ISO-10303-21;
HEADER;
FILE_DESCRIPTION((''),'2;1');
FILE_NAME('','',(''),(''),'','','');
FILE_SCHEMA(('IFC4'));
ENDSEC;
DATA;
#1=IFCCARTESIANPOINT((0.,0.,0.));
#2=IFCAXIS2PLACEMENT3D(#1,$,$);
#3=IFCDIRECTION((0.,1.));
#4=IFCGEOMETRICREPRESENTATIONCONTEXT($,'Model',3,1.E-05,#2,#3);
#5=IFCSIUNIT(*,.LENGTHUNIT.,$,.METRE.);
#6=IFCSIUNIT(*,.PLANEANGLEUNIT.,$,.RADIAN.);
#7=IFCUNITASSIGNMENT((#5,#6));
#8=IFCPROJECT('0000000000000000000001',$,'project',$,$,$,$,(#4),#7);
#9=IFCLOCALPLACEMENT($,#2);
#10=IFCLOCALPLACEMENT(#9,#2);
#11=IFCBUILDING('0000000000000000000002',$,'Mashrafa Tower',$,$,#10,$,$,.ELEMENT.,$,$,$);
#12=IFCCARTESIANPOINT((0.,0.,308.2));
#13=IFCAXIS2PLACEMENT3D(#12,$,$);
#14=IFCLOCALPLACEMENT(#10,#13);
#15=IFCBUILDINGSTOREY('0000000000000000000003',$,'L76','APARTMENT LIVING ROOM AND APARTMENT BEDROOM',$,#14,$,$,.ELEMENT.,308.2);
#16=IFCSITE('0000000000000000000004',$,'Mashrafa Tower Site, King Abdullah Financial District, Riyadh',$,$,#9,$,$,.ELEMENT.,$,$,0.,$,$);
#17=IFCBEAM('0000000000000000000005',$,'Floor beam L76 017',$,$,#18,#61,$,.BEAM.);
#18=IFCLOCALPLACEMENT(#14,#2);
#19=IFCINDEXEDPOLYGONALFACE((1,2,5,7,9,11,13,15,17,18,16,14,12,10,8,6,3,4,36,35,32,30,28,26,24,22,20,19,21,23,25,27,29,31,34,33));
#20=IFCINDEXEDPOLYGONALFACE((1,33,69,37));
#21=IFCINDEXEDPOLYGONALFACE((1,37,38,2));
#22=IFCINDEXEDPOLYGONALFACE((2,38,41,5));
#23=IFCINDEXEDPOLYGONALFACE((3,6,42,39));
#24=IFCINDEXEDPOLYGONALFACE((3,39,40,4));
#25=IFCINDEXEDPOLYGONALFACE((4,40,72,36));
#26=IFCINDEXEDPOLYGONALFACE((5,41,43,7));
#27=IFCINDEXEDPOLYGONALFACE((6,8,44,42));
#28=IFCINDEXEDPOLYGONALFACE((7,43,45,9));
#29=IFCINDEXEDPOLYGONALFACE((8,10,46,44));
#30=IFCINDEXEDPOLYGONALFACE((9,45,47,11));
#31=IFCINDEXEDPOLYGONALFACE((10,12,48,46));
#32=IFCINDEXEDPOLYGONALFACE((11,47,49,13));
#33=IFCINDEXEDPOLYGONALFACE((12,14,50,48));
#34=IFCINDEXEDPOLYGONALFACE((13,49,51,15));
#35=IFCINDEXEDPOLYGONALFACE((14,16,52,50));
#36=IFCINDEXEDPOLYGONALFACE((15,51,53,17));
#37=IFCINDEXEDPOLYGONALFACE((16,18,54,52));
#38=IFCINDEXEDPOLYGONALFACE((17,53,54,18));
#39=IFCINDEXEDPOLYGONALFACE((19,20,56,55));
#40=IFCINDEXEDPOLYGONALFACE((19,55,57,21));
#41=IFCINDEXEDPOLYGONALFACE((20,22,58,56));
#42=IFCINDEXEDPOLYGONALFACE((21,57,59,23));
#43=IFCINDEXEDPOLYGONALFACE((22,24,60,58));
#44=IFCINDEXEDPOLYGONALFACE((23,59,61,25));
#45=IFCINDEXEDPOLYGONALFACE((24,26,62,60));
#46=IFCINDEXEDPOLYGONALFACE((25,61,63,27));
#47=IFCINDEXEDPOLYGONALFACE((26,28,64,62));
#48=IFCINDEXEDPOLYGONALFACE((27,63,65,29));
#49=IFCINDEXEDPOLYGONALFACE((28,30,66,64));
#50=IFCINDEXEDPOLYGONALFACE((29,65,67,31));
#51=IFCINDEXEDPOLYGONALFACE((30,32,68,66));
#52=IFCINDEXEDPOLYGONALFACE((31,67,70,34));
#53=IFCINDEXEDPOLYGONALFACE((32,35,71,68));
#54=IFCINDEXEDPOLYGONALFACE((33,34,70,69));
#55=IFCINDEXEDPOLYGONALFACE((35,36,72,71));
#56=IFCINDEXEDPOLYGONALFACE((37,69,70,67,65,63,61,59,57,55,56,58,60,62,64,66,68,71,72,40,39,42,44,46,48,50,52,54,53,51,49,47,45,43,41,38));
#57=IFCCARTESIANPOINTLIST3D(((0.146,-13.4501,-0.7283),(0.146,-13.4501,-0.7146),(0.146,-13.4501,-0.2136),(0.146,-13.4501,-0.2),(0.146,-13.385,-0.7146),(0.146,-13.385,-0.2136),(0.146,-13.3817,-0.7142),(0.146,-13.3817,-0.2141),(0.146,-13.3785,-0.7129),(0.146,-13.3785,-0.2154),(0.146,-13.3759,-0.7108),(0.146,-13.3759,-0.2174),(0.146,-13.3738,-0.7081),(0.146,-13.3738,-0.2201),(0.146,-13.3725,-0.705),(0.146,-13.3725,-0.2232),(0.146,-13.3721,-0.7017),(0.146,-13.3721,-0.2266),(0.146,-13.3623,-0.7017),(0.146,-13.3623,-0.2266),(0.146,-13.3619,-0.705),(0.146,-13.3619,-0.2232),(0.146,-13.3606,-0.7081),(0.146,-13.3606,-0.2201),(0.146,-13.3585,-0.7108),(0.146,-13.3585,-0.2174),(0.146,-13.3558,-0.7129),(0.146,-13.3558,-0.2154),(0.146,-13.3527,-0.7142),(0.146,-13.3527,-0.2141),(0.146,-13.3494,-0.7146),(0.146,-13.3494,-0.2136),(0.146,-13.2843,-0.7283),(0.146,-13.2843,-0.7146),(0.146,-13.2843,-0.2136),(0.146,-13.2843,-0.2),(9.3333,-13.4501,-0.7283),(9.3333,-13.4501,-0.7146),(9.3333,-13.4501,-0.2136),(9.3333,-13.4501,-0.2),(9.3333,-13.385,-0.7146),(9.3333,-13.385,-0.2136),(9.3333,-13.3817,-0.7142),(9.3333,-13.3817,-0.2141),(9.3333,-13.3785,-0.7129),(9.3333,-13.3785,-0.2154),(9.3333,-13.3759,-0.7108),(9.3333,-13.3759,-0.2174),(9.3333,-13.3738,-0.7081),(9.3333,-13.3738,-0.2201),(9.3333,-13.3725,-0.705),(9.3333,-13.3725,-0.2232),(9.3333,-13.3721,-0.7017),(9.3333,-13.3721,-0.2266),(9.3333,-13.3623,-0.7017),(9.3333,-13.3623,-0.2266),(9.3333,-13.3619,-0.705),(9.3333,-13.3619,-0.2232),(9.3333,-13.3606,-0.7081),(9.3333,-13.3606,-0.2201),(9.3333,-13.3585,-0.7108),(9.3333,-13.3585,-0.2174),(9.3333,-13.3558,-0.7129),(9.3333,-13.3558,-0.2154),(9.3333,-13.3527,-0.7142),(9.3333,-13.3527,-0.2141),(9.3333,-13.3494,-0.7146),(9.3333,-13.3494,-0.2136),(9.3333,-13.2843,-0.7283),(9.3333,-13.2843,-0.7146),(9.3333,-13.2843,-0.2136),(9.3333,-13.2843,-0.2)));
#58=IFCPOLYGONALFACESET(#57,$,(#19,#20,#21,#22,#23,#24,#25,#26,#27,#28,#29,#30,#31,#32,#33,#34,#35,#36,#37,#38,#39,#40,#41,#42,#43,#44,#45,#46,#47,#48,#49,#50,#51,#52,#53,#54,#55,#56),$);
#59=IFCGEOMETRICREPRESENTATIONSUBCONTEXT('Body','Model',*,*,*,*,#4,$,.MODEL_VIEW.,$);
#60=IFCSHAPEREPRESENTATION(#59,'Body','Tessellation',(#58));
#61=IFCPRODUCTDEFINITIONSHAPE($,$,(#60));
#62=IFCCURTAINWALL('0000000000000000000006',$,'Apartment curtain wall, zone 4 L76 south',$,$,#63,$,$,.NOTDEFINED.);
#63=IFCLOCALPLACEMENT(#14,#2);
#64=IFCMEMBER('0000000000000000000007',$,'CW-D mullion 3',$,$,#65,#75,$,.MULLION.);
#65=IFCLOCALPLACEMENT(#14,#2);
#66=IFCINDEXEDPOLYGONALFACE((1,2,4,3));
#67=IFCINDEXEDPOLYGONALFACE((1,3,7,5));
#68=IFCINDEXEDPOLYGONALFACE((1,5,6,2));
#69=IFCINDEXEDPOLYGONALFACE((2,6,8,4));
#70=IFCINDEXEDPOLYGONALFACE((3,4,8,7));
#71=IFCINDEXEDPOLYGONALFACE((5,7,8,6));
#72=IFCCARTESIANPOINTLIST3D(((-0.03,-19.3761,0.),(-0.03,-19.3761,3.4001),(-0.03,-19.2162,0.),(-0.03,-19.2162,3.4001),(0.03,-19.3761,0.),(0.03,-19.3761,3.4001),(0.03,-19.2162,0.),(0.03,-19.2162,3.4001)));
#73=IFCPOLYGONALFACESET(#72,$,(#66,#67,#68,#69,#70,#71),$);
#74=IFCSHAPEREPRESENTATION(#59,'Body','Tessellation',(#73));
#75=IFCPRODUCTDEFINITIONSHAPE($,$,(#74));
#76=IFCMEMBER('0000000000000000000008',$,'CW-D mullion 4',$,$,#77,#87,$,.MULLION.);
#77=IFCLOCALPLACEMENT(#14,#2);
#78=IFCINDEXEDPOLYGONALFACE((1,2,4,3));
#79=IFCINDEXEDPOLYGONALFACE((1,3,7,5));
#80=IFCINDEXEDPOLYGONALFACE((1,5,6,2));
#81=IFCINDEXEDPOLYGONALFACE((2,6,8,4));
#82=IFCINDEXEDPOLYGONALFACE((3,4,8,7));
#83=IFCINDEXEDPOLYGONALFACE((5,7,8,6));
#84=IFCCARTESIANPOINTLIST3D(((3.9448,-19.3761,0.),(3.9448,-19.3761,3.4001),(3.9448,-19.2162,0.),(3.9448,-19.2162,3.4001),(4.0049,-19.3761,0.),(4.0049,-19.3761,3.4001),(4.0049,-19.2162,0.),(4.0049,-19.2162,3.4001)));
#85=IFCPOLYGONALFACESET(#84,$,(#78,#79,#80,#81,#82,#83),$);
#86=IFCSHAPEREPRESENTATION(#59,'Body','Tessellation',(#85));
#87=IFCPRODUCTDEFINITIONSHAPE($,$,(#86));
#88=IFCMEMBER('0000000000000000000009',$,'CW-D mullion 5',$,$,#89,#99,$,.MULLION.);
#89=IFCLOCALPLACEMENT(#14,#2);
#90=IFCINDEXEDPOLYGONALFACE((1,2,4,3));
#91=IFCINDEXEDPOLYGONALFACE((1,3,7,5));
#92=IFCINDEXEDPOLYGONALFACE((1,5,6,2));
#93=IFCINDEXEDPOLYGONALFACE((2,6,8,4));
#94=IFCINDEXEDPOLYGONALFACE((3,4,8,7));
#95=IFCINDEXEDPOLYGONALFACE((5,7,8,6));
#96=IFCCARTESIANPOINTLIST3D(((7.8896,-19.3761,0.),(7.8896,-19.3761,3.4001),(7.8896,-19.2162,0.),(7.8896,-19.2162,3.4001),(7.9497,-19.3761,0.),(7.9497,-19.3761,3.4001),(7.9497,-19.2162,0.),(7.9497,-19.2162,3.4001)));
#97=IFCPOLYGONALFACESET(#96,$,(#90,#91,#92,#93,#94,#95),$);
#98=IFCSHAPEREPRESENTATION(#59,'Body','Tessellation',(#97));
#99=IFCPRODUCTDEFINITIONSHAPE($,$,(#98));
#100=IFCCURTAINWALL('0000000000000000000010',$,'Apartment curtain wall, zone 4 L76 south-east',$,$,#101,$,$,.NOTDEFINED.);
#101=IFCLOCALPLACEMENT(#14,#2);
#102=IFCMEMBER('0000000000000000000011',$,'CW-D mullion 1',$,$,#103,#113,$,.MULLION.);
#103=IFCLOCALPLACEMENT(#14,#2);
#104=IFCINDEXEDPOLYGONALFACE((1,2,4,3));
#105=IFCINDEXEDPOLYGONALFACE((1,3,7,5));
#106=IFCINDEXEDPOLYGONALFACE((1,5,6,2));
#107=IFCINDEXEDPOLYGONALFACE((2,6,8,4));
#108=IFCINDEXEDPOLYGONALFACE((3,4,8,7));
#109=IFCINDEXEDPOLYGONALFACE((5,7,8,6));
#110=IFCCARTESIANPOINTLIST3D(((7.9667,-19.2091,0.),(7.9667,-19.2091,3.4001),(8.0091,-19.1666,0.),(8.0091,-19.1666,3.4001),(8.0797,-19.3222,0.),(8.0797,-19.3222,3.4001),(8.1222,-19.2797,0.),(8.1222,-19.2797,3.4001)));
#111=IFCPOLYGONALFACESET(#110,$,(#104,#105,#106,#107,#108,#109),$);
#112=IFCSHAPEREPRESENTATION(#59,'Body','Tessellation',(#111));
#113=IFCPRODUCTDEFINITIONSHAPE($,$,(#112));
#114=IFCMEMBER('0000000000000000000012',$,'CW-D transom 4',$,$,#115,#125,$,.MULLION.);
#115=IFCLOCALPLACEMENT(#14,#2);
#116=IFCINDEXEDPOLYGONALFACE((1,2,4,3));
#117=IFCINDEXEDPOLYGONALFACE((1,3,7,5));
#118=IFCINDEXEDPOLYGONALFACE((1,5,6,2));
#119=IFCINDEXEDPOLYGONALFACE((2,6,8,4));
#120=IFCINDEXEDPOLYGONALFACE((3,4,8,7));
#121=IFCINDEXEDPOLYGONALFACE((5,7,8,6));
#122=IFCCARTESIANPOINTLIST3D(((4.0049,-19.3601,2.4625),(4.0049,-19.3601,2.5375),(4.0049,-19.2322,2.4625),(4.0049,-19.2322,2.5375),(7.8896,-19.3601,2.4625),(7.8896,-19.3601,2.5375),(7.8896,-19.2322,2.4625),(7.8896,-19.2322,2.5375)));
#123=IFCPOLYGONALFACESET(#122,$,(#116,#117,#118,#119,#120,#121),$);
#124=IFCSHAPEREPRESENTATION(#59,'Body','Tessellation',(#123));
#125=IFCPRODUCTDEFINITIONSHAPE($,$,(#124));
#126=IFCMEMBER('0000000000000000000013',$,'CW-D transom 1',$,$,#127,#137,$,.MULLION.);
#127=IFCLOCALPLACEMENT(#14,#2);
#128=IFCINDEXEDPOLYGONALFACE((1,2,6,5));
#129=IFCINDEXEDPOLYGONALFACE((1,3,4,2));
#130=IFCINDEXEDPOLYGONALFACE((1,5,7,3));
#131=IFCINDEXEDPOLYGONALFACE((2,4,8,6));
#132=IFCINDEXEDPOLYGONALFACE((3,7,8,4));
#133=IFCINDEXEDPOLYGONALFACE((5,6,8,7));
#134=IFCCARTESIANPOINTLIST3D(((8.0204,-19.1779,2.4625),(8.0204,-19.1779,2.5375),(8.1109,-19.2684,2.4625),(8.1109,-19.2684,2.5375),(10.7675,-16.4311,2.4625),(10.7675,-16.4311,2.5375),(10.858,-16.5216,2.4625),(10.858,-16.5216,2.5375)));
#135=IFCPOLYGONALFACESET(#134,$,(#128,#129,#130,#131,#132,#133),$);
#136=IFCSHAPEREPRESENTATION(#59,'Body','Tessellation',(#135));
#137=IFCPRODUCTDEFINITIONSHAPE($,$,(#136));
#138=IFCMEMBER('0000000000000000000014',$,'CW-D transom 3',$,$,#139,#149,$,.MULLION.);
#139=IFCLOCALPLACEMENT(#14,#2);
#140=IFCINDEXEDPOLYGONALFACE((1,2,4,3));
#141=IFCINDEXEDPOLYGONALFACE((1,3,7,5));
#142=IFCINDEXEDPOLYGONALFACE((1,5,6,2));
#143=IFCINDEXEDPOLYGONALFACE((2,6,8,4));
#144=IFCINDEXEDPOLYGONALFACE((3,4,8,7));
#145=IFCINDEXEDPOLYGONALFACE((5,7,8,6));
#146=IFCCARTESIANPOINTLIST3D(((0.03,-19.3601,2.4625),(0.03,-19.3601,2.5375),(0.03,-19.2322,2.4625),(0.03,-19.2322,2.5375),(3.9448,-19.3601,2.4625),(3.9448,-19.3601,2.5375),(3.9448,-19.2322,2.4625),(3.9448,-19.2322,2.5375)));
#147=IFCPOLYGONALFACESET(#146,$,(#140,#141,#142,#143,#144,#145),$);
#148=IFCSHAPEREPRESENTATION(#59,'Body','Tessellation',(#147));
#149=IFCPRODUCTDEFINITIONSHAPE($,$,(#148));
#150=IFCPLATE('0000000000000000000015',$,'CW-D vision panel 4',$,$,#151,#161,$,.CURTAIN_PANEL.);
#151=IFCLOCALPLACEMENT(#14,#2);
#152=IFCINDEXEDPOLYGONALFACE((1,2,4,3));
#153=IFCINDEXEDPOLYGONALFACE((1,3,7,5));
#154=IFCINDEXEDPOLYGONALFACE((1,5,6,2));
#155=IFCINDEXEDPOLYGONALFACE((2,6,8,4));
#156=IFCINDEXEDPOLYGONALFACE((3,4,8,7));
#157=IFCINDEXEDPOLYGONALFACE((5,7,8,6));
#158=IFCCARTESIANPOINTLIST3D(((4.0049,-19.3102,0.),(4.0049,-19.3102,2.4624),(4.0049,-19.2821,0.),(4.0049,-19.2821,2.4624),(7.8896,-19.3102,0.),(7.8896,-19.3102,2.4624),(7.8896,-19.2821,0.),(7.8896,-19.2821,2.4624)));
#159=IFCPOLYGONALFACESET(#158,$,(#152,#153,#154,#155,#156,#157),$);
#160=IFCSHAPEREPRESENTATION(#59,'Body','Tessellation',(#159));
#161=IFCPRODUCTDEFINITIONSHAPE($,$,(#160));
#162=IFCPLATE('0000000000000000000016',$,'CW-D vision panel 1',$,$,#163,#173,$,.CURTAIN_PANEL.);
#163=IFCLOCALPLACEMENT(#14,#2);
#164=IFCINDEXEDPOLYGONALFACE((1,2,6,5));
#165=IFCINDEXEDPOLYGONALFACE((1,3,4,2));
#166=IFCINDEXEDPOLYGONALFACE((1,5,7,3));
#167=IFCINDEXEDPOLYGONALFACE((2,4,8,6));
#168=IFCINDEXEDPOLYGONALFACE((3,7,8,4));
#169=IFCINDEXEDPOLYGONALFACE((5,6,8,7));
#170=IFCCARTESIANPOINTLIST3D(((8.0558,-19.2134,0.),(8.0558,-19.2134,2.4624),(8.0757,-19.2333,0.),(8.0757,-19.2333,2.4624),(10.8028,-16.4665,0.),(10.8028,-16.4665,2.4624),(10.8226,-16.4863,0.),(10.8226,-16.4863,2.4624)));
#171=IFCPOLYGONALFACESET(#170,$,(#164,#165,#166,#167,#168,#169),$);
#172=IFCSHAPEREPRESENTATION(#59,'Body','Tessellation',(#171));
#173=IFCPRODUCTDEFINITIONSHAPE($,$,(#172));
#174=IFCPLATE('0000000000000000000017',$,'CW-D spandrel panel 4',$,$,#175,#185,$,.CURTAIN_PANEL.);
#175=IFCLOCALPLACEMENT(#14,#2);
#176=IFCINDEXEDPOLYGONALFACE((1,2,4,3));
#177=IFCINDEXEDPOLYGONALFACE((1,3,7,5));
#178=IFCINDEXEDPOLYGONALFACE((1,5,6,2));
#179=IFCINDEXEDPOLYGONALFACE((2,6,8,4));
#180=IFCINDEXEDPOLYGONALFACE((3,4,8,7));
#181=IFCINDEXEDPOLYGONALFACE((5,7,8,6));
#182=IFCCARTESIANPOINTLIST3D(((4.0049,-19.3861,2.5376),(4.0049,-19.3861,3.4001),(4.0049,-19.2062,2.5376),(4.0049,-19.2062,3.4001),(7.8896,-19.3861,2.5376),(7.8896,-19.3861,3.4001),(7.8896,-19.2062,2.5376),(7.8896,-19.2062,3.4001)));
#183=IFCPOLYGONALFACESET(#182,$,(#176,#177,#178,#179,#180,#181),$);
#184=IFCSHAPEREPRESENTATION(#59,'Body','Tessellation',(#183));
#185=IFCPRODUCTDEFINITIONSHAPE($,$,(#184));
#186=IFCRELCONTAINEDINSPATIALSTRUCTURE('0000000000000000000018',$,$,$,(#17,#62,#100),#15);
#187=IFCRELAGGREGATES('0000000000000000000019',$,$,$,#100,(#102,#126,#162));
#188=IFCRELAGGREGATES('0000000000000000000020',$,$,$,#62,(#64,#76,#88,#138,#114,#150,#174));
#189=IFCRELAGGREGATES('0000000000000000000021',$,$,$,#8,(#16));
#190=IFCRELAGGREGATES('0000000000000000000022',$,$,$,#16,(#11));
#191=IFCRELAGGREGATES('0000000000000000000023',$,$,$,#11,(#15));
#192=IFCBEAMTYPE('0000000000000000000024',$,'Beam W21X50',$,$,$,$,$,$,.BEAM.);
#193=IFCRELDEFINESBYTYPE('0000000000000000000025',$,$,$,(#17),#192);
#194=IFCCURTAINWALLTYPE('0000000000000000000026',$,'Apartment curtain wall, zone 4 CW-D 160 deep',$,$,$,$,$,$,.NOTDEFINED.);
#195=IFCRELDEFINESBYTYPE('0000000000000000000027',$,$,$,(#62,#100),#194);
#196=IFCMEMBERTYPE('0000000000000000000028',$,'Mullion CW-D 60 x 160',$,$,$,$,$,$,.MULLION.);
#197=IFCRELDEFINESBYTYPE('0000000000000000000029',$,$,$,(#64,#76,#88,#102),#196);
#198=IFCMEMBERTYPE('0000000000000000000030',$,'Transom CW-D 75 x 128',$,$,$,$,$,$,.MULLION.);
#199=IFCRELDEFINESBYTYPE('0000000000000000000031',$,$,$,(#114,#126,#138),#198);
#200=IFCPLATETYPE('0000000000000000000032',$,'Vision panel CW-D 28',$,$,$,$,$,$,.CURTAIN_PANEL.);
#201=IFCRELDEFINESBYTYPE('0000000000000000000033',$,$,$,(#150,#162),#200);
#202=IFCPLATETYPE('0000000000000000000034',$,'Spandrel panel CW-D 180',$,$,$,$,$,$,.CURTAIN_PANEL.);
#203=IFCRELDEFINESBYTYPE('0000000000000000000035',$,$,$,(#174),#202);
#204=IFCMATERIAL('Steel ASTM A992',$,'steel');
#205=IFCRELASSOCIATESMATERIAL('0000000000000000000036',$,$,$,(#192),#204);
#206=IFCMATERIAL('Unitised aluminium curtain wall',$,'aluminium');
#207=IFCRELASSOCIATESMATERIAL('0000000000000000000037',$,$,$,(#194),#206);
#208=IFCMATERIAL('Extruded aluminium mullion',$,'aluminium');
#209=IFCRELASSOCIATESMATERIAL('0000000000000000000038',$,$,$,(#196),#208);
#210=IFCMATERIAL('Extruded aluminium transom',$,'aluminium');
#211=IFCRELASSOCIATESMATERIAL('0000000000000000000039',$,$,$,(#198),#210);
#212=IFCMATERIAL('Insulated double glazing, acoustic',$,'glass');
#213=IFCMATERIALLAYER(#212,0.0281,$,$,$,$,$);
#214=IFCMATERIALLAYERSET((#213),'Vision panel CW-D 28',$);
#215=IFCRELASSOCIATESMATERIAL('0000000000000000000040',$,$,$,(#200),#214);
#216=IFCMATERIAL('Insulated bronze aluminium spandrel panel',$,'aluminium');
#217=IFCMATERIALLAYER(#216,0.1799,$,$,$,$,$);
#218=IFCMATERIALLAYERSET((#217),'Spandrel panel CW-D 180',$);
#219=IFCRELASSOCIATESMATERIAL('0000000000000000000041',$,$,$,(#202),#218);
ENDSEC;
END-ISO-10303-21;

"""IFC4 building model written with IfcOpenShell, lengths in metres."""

from ifc_helpers import new_model, si_unit, direction, frame, origin, origin_2d, place, context, subcontext, project, spatial, rectangle, i_section, extrude, source, transform, mapped, material, layer, layer_set, material_profile, profile_set, type_object, type_shapes, element, aggregate, save


model = new_model("IFC4")

# Units and contexts
model_context = context("Model", 3, precision=1e-05, world=origin(), true_north=direction((0.0, 1.0)))
body_context = subcontext(model_context, "Body", "Model", "MODEL_VIEW")
ifc_project = project(units=[si_unit("LENGTHUNIT", "METRE"), si_unit("PLANEANGLEUNIT", "RADIAN")], contexts=[model_context])

# Site, building, storey
site_placement = place(None, origin())
site = spatial("IfcSite", under=ifc_project, at=site_placement, Name="Mashrafa Tower Site, King Abdullah Financial District, Riyadh", CompositionType="ELEMENT", RefElevation=0.0)
building_placement = place(site_placement, origin())
building = spatial("IfcBuilding", under=site, at=building_placement, Name="Mashrafa Tower", CompositionType="ELEMENT")
storey_placement = place(building_placement, frame((0.0, 0.0, 308.2)))
storey = spatial("IfcBuildingStorey", under=building, at=storey_placement, Name="L76", Description="APARTMENT LIVING ROOM AND APARTMENT BEDROOM", CompositionType="ELEMENT", Elevation=308.2)

# Beam
ifc_material_1 = material(Name="Steel ASTM A992", Category="steel")
ifc_material_profile_1 = material_profile(ifc_material_1, i_section(OverallWidth=0.1658, OverallDepth=0.5283, WebThickness=0.0098, FlangeThickness=0.0137, FilletRadius=0.0129, at=origin_2d()), Name="W21X50")
ifc_profile_set_1 = profile_set([ifc_material_profile_1], Name="Steel ASTM A992")
beam_type_1 = type_object("IfcBeamType", Name="Beam W21X50", PredefinedType="BEAM", material=ifc_profile_set_1)
beam_1_placement = place(storey_placement, frame((9.3333, -13.3672, -0.4641), z_axis=(-1.0, 0.0, 0.0), x_axis=(0.0, -1.0, 0.0)))
element("IfcBeam", 1, at=beam_1_placement, inside=storey, type_object=beam_type_1, Name="Floor beam L76 017", PredefinedType="BEAM", context=body_context, shape_type="SweptSolid", body=[
    extrude(i_section(OverallWidth=0.1658, OverallDepth=0.5283, WebThickness=0.0098, FlangeThickness=0.0137, FilletRadius=0.0129, at=origin_2d()), origin(), (0.0, 0.0, 1.0), 9.1873),
])

# Curtain wall, members
ifc_material_2 = material(Name="Unitised aluminium curtain wall", Category="aluminium")
curtain_wall_type = type_object("IfcCurtainWallType", Name="Apartment curtain wall, zone 4 CW-D 160 deep", PredefinedType="NOTDEFINED", material=ifc_material_2)
curtain_wall_1_placement = place(storey_placement, origin())
curtain_wall_1 = element("IfcCurtainWall", 2, at=curtain_wall_1_placement, inside=storey, type_object=curtain_wall_type, Name="Apartment curtain wall, zone 4 L76 south", PredefinedType="NOTDEFINED")
ifc_material_3 = material(Name="Extruded aluminium mullion", Category="aluminium")
ifc_material_profile_2 = material_profile(ifc_material_3, rectangle(XDim=0.1599, YDim=0.0601, at=origin_2d()), Name="Mullion 60x160")
ifc_profile_set_2 = profile_set([ifc_material_profile_2], Name="Extruded aluminium mullion")
member_type_1 = type_object("IfcMemberType", Name="Mullion CW-D 60 x 160", PredefinedType="MULLION", material=ifc_profile_set_2)
shared_shape_1 = source(origin(), body_context, "Body", "SweptSolid", [
    extrude(rectangle(XDim=0.1599, YDim=0.0601, at=origin_2d()), origin(), (0.0, 0.0, 1.0), 3.4001),
])
type_shapes(member_type_1, [shared_shape_1])
member_1_placement = place(storey_placement, frame((0.0, -19.2961, 0.0), z_axis=(0.0, 0.0, 1.0), x_axis=(0.0, 1.0, 0.0)))
member_1 = element("IfcMember", 3, at=member_1_placement, type_object=member_type_1, Name="CW-D mullion 3", PredefinedType="MULLION", context=body_context, shape_type="MappedRepresentation", body=[
    mapped(shared_shape_1, transform((0.0, 0.0, 0.0))),
])
member_2_placement = place(storey_placement, frame((3.9749, -19.2961, 0.0), z_axis=(0.0, 0.0, 1.0), x_axis=(0.0, 1.0, 0.0)))
member_2 = element("IfcMember", 4, at=member_2_placement, type_object=member_type_1, Name="CW-D mullion 4", PredefinedType="MULLION", context=body_context, shape_type="MappedRepresentation", body=[
    mapped(shared_shape_1, transform((0.0, 0.0, 0.0))),
])
member_3_placement = place(storey_placement, frame((7.9197, -19.2961, 0.0), z_axis=(0.0, 0.0, 1.0), x_axis=(0.0, 1.0, 0.0)))
member_3 = element("IfcMember", 5, at=member_3_placement, type_object=member_type_1, Name="CW-D mullion 5", PredefinedType="MULLION", context=body_context, shape_type="MappedRepresentation", body=[
    mapped(shared_shape_1, transform((0.0, 0.0, 0.0))),
])

# Curtain wall, member
curtain_wall_2_placement = place(storey_placement, origin())
curtain_wall_2 = element("IfcCurtainWall", 6, at=curtain_wall_2_placement, inside=storey, type_object=curtain_wall_type, Name="Apartment curtain wall, zone 4 L76 south-east", PredefinedType="NOTDEFINED")
member_4_placement = place(storey_placement, frame((8.0444, -19.2444, 0.0), z_axis=(0.0, 0.0, 1.0), x_axis=(-0.707107, 0.707107, 0.0)))
member_4 = element("IfcMember", 7, at=member_4_placement, type_object=member_type_1, Name="CW-D mullion 1", PredefinedType="MULLION", context=body_context, shape_type="MappedRepresentation", body=[
    mapped(shared_shape_1, transform((0.0, 0.0, 0.0))),
])

# Members
ifc_material_4 = material(Name="Extruded aluminium transom", Category="aluminium")
ifc_material_profile_3 = material_profile(ifc_material_4, rectangle(XDim=0.1279, YDim=0.075, at=origin_2d()), Name="Transom 75x128")
ifc_profile_set_3 = profile_set([ifc_material_profile_3], Name="Extruded aluminium transom")
member_type_2 = type_object("IfcMemberType", Name="Transom CW-D 75 x 128", PredefinedType="MULLION", material=ifc_profile_set_3)
shared_shape_2 = source(origin(), body_context, "Body", "SweptSolid", [
    extrude(rectangle(XDim=0.1279, YDim=0.075, at=origin_2d()), origin(), (0.0, 0.0, 1.0), 3.8848),
])
member_5_placement = place(storey_placement, frame((4.0049, -19.2961, 2.5), z_axis=(1.0, 0.0, 0.0), x_axis=(0.0, 1.0, 0.0)))
member_5 = element("IfcMember", 8, at=member_5_placement, type_object=member_type_2, Name="CW-D transom 4", PredefinedType="MULLION", context=body_context, shape_type="MappedRepresentation", body=[
    mapped(shared_shape_2, transform((0.0, 0.0, 0.0))),
])
member_6_placement = place(storey_placement, frame((8.0657, -19.2231, 2.5), z_axis=(0.707138, 0.707075, 0.0), x_axis=(-0.707075, 0.707138, 0.0)))
member_6 = element("IfcMember", 9, at=member_6_placement, type_object=member_type_2, Name="CW-D transom 1", PredefinedType="MULLION", context=body_context, shape_type="MappedRepresentation", body=[
    mapped(shared_shape_2, transform((0.0, 0.0, 0.0))),
])
shared_shape_3 = source(origin(), body_context, "Body", "SweptSolid", [
    extrude(rectangle(XDim=0.1279, YDim=0.075, at=origin_2d()), origin(), (0.0, 0.0, 1.0), 3.9148),
])
type_shapes(member_type_2, [shared_shape_2, shared_shape_3])
member_7_placement = place(storey_placement, frame((0.03, -19.2961, 2.5), z_axis=(1.0, 0.0, 0.0), x_axis=(0.0, 1.0, 0.0)))
member_7 = element("IfcMember", 10, at=member_7_placement, type_object=member_type_2, Name="CW-D transom 3", PredefinedType="MULLION", context=body_context, shape_type="MappedRepresentation", body=[
    mapped(shared_shape_3, transform((0.0, 0.0, 0.0))),
])

# Plates
ifc_material_5 = material(Name="Insulated double glazing, acoustic", Category="glass")
ifc_layer_1 = layer(ifc_material_5, 0.0281)
ifc_layer_set_1 = layer_set([ifc_layer_1], Name="Vision panel CW-D 28")
plate_type_1 = type_object("IfcPlateType", Name="Vision panel CW-D 28", PredefinedType="CURTAIN_PANEL", material=ifc_layer_set_1)
shared_shape_4 = source(origin(), body_context, "Body", "SweptSolid", [
    extrude(rectangle(XDim=3.8848, YDim=0.0281, at=origin_2d()), origin(), (0.0, 0.0, 1.0), 2.4624),
])
plate_1_placement = place(storey_placement, frame((5.9473, -19.2961, 0.0), z_axis=(0.0, 0.0, 1.0), x_axis=(1.0, 0.0, 0.0)))
plate_1 = element("IfcPlate", 11, at=plate_1_placement, type_object=plate_type_1, Name="CW-D vision panel 4", PredefinedType="CURTAIN_PANEL", context=body_context, shape_type="MappedRepresentation", body=[
    mapped(shared_shape_4, transform((0.0, 0.0, 0.0))),
])
plate_2_placement = place(storey_placement, frame((9.4392, -17.8499, 0.0), z_axis=(0.0, 0.0, 1.0), x_axis=(0.707107, 0.707107, 0.0)))
plate_2 = element("IfcPlate", 12, at=plate_2_placement, type_object=plate_type_1, Name="CW-D vision panel 1", PredefinedType="CURTAIN_PANEL", context=body_context, shape_type="MappedRepresentation", body=[
    mapped(shared_shape_4, transform((0.0, 0.0, 0.0))),
])
aggregate(curtain_wall_2, [member_4, member_6, plate_2])
ifc_material_6 = material(Name="Insulated bronze aluminium spandrel panel", Category="aluminium")
ifc_layer_2 = layer(ifc_material_6, 0.1799)
ifc_layer_set_2 = layer_set([ifc_layer_2], Name="Spandrel panel CW-D 180")
plate_type_2 = type_object("IfcPlateType", Name="Spandrel panel CW-D 180", PredefinedType="CURTAIN_PANEL", material=ifc_layer_set_2)
shared_shape_5 = source(origin(), body_context, "Body", "SweptSolid", [
    extrude(rectangle(XDim=3.8848, YDim=0.1799, at=origin_2d()), origin(), (0.0, 0.0, 1.0), 0.8625),
])
plate_3_placement = place(storey_placement, frame((5.9473, -19.2961, 2.5376), z_axis=(0.0, 0.0, 1.0), x_axis=(1.0, 0.0, 0.0)))
plate_3 = element("IfcPlate", 13, at=plate_3_placement, type_object=plate_type_2, Name="CW-D spandrel panel 4", PredefinedType="CURTAIN_PANEL", context=body_context, shape_type="MappedRepresentation", body=[
    mapped(shared_shape_5, transform((0.0, 0.0, 0.0))),
])
aggregate(curtain_wall_1, [member_1, member_2, member_3, member_7, member_5, plate_1, plate_3])

save(model, "model.ifc")
